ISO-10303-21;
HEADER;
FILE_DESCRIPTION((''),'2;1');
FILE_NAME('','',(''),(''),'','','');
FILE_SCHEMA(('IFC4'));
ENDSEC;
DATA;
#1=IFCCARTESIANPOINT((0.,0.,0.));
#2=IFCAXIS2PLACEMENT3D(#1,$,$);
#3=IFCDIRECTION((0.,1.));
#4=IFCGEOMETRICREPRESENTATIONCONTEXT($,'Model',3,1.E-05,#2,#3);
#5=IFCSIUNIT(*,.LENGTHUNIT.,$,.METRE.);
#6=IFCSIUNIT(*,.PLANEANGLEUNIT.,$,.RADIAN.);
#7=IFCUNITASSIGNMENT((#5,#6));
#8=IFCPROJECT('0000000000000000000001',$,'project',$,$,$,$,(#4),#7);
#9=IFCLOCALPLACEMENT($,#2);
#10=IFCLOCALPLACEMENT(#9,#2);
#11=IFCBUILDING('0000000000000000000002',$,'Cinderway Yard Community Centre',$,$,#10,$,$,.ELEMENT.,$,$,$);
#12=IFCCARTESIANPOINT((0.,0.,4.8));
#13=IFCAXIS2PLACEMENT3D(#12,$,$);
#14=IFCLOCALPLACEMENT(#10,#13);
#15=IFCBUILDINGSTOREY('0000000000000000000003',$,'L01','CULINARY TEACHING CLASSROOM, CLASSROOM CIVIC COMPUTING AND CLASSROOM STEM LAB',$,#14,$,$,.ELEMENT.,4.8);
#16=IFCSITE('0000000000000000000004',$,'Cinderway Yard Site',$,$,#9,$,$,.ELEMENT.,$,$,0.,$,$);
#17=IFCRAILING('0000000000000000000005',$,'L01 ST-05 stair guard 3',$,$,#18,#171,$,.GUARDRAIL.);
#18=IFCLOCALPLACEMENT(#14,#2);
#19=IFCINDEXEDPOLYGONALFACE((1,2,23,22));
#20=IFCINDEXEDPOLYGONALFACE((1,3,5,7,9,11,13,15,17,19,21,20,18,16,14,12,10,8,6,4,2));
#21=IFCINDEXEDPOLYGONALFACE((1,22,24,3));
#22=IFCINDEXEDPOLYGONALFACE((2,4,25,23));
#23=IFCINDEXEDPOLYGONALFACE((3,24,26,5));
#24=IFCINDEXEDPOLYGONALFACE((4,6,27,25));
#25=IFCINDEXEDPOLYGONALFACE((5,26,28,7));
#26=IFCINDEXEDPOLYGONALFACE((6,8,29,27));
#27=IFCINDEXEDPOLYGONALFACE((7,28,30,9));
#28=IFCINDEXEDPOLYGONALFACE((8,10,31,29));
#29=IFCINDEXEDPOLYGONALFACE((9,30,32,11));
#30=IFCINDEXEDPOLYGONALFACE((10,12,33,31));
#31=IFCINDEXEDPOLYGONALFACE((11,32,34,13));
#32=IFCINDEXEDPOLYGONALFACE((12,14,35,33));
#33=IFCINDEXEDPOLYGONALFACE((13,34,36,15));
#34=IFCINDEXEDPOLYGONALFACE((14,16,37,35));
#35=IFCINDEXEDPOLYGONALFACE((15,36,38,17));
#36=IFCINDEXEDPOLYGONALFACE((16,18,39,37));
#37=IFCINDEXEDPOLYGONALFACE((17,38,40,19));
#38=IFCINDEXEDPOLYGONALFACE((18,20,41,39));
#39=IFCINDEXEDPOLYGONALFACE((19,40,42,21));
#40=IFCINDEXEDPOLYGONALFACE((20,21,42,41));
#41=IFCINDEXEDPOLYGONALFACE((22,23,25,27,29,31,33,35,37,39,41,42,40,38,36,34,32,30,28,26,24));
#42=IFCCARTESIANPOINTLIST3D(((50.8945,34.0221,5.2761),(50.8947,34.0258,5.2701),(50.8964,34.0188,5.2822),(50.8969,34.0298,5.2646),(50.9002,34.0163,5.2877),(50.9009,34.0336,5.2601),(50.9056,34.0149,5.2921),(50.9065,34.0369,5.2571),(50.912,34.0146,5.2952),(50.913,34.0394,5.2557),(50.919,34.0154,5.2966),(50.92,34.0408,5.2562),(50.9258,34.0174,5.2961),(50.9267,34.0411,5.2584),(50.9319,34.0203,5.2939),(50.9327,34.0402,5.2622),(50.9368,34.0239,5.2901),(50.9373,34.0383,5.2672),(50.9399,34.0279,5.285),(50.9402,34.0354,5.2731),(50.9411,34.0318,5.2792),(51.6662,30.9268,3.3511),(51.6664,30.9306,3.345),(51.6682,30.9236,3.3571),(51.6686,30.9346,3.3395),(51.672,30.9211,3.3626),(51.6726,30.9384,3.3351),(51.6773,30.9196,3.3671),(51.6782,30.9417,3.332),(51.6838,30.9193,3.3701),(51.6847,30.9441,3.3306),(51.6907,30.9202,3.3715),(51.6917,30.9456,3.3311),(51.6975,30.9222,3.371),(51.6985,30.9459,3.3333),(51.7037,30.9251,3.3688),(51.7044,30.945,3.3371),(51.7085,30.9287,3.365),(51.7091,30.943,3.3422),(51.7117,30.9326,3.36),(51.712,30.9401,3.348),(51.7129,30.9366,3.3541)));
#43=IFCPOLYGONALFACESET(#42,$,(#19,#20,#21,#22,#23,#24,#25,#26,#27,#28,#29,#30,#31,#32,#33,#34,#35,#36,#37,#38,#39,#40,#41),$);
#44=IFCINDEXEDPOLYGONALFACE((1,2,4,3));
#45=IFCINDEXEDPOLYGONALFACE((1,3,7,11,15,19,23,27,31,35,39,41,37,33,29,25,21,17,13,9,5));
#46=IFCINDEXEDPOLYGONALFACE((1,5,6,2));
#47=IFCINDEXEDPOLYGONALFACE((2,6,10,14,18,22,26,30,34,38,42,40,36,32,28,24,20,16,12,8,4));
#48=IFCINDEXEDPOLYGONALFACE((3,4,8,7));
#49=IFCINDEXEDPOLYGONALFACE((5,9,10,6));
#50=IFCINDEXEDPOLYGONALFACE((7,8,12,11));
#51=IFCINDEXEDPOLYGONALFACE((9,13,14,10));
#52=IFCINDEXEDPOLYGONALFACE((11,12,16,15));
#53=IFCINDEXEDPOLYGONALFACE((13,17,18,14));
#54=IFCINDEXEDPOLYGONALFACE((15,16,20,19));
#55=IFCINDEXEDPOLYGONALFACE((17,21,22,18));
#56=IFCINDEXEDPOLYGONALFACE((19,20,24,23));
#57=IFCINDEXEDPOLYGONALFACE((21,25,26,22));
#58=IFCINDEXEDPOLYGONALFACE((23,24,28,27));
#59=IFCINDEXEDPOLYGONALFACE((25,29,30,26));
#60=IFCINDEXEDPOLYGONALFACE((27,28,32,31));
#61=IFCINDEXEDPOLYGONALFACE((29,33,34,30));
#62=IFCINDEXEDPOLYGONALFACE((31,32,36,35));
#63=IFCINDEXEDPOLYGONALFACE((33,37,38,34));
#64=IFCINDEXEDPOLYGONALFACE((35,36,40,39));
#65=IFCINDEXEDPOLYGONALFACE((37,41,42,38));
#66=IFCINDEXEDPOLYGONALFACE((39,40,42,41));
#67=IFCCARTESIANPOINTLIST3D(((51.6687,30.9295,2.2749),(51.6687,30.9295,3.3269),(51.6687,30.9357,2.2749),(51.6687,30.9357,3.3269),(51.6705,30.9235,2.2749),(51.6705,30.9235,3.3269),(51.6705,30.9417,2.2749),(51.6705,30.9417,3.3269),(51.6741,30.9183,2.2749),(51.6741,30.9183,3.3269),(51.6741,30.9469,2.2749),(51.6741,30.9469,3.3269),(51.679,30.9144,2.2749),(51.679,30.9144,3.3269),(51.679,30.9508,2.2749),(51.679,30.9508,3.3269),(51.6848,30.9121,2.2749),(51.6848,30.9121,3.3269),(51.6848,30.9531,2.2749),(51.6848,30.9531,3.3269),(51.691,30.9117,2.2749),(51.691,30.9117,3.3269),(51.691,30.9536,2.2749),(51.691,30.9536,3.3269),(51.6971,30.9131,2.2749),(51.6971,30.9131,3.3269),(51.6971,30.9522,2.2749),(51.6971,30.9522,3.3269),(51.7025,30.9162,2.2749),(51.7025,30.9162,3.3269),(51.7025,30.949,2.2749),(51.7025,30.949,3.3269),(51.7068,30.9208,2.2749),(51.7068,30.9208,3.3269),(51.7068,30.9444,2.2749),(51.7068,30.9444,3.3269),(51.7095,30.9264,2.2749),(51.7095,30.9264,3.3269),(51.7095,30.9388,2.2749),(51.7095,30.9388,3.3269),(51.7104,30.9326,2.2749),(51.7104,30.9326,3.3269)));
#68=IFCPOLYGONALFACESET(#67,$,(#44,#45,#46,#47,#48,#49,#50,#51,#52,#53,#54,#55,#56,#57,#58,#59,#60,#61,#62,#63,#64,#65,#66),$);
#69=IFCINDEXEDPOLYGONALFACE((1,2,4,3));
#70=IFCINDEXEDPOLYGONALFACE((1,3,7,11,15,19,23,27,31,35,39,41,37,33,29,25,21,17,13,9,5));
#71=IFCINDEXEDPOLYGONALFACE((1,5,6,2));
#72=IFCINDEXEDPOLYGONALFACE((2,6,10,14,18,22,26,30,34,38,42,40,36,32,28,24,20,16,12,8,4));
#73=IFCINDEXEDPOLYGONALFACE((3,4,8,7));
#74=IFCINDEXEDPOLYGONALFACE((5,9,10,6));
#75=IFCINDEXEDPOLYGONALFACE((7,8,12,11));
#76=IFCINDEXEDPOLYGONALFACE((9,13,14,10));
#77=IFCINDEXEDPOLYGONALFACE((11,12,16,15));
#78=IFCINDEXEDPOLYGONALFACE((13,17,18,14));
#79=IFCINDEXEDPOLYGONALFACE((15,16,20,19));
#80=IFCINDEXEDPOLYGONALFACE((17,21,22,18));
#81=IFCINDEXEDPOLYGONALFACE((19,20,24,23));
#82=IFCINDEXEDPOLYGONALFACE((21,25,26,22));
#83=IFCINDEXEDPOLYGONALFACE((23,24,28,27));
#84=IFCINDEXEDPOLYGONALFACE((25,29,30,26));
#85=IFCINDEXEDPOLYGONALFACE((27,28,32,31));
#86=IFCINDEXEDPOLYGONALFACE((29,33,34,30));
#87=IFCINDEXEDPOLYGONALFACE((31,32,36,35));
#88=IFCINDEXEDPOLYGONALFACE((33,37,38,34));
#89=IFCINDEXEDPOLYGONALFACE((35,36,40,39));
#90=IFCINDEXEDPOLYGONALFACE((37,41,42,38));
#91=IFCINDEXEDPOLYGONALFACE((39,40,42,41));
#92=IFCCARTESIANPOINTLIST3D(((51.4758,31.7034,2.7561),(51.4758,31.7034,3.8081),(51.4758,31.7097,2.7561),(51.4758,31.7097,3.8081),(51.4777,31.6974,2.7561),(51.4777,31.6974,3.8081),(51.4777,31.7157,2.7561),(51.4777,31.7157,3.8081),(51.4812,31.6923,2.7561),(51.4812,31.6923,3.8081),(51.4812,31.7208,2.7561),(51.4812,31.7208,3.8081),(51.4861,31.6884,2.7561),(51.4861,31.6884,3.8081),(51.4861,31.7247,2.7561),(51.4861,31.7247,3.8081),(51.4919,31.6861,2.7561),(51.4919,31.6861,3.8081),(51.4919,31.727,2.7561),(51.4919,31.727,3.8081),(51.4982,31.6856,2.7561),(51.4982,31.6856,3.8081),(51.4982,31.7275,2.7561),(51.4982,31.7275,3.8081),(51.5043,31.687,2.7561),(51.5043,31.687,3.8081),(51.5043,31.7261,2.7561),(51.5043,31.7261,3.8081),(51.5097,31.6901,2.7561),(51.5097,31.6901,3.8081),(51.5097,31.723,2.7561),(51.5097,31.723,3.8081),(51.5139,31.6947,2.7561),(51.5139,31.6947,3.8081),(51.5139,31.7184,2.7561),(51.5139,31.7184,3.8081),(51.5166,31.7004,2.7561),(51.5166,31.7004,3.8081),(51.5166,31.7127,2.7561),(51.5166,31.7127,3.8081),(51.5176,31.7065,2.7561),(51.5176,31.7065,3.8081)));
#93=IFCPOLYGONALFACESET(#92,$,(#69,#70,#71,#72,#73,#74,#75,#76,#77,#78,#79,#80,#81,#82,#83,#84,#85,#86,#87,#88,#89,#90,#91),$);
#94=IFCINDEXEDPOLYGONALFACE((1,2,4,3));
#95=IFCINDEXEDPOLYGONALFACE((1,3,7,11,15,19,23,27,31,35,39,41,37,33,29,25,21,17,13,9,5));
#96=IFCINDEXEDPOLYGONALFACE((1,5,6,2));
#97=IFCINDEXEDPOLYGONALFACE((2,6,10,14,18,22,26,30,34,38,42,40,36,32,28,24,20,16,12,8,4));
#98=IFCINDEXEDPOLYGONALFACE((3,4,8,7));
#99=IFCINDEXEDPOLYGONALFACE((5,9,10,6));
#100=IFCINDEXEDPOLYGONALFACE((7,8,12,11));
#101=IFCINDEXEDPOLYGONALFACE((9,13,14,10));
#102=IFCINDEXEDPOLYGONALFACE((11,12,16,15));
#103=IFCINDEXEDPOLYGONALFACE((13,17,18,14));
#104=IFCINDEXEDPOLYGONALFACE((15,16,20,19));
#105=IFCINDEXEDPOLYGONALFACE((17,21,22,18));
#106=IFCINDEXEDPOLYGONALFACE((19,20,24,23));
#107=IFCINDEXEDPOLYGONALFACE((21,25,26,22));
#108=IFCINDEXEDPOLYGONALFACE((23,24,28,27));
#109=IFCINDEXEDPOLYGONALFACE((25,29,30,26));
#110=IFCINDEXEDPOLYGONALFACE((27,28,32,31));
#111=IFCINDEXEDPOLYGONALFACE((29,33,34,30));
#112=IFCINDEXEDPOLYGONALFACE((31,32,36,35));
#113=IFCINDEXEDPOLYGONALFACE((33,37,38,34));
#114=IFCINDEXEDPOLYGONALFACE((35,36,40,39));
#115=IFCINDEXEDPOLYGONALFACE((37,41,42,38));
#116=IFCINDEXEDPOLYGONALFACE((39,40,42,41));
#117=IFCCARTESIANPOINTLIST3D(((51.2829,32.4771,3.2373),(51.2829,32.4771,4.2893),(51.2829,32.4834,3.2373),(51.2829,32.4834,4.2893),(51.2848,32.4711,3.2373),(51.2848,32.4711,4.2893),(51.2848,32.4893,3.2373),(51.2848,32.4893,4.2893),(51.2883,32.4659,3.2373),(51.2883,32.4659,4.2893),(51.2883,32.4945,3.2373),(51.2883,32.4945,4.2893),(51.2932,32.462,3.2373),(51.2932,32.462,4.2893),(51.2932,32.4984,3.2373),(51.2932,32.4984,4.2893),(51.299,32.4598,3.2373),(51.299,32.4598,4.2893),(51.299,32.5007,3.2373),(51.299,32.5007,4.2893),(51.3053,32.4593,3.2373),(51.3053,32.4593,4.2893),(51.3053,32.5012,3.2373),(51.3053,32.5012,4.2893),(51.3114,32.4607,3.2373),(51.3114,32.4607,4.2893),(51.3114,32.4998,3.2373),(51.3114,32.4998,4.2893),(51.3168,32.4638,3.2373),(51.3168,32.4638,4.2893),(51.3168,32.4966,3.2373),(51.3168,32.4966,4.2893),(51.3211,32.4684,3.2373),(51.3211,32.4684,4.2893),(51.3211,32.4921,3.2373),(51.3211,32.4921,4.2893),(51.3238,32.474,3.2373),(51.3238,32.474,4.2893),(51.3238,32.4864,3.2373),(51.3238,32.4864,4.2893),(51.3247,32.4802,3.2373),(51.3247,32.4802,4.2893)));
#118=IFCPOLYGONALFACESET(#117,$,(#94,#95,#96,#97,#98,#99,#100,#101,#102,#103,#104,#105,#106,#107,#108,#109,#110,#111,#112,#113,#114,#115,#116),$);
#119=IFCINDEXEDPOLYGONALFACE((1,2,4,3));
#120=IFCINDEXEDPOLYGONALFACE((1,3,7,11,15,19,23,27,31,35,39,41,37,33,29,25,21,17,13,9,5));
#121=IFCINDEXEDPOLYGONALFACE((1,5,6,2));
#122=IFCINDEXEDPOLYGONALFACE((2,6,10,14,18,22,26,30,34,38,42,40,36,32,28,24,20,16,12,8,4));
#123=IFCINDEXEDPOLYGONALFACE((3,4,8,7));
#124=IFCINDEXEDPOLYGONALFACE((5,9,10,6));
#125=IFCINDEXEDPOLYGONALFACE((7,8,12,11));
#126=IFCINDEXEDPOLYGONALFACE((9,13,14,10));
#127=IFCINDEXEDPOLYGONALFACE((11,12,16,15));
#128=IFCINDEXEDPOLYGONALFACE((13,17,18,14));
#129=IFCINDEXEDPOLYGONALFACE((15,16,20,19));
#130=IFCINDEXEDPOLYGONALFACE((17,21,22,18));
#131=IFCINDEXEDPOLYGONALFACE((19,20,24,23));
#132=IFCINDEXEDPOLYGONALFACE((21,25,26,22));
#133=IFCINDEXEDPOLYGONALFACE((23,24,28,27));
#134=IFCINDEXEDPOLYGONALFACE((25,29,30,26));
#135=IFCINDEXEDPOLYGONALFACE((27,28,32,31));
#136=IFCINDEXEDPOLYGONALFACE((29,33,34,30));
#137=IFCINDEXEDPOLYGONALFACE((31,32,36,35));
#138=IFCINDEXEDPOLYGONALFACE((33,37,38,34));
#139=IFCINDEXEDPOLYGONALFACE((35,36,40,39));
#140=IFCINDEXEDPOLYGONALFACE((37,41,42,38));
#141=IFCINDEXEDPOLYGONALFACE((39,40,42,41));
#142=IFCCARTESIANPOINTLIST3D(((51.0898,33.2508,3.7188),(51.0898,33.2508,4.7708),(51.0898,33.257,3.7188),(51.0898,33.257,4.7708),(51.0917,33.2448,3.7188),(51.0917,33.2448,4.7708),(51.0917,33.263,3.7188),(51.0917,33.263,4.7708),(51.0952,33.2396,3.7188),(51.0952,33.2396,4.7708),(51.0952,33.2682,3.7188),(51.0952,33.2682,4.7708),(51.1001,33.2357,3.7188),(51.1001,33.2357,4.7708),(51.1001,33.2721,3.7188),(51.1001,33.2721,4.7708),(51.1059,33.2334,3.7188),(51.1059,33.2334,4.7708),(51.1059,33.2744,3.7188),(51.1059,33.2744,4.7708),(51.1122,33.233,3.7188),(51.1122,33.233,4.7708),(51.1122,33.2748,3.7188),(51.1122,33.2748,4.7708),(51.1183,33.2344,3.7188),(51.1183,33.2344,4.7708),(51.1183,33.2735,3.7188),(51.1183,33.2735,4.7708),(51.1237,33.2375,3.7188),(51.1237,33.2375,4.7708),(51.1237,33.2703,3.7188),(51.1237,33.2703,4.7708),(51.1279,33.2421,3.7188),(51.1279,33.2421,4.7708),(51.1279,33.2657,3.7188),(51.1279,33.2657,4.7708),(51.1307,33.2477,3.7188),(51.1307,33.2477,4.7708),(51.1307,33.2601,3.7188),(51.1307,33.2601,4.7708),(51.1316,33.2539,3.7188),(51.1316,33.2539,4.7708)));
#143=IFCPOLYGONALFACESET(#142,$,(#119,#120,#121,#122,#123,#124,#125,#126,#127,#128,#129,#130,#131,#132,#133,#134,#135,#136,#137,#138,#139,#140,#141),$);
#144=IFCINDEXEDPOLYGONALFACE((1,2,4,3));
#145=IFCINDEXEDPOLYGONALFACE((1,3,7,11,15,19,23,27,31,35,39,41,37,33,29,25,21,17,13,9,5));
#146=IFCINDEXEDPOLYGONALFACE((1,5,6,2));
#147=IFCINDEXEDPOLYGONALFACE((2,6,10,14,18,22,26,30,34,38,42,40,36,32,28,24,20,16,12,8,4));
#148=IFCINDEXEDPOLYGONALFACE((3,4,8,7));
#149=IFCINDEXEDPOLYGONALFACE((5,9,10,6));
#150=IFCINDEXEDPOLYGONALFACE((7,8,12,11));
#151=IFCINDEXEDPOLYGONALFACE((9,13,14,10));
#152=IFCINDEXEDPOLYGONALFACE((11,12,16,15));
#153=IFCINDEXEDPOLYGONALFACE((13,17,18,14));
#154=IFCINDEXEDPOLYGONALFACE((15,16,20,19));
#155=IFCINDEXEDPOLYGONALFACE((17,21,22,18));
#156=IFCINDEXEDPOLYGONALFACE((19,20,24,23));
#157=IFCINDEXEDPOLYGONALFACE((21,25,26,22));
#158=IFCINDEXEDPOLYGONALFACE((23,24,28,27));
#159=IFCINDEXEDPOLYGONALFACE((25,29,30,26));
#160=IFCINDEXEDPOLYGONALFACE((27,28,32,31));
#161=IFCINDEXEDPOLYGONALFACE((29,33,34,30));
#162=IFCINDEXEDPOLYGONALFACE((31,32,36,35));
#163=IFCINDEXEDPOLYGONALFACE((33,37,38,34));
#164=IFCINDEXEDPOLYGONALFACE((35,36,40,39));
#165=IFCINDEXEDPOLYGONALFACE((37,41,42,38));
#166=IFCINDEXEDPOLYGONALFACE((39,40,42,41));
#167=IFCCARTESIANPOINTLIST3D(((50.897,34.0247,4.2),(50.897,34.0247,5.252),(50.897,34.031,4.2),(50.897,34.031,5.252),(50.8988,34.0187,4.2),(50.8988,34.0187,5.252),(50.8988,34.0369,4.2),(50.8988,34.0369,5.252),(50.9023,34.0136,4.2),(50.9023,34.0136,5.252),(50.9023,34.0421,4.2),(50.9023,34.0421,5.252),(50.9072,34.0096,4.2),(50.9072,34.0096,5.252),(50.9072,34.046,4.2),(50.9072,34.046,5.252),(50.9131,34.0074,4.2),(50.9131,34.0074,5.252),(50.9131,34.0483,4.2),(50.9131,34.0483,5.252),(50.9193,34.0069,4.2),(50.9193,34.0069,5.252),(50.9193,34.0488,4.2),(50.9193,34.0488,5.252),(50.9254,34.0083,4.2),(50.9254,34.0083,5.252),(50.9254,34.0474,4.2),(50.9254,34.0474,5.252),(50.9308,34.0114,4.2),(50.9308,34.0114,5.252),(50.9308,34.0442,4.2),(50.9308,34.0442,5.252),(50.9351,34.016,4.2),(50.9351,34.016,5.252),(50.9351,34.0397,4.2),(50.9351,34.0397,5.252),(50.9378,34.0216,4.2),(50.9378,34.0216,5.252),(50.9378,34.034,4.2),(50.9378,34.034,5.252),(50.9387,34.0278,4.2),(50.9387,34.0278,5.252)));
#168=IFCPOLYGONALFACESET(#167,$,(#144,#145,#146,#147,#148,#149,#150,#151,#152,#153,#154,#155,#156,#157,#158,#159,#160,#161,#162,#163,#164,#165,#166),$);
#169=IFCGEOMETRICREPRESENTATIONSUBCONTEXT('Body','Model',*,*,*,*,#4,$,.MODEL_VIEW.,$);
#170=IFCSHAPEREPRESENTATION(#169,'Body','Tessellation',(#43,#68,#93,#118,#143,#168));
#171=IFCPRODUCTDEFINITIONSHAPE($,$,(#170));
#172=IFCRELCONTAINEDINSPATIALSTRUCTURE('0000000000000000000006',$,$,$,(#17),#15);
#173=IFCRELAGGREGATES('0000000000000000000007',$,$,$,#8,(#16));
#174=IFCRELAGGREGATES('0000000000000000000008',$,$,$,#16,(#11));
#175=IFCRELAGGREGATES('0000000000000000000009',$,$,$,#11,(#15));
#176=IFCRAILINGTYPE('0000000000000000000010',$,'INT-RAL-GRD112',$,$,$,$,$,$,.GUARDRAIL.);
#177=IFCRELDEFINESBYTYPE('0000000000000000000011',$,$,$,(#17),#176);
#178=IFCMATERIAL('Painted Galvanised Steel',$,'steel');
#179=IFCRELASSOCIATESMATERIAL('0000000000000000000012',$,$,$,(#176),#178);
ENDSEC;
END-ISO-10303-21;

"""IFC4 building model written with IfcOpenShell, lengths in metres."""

from ifc_helpers import new_model, si_unit, direction, frame, origin, origin_2d, place, context, subcontext, project, spatial, circle, extrude, material, type_object, element, save


model = new_model("IFC4")

# Units and contexts
model_context = context("Model", 3, precision=1e-05, world=origin(), true_north=direction((0.0, 1.0)))
body_context = subcontext(model_context, "Body", "Model", "MODEL_VIEW")
ifc_project = project(units=[si_unit("LENGTHUNIT", "METRE"), si_unit("PLANEANGLEUNIT", "RADIAN")], contexts=[model_context])

# Site, building, storey
site_placement = place(None, origin())
site = spatial("IfcSite", under=ifc_project, at=site_placement, Name="Cinderway Yard Site", CompositionType="ELEMENT", RefElevation=0.0)
building_placement = place(site_placement, origin())
building = spatial("IfcBuilding", under=site, at=building_placement, Name="Cinderway Yard Community Centre", CompositionType="ELEMENT")
storey_placement = place(building_placement, frame((0.0, 0.0, 4.8)))
storey = spatial("IfcBuildingStorey", under=building, at=storey_placement, Name="L01", Description="CULINARY TEACHING CLASSROOM, CLASSROOM CIVIC COMPUTING AND CLASSROOM STEM LAB", CompositionType="ELEMENT", Elevation=4.8)

# Shared definitions
ifc_material_1 = material(Name="Painted Galvanised Steel", Category="steel")

# Railing
railing_type_1 = type_object("IfcRailingType", Name="INT-RAL-GRD112", PredefinedType="GUARDRAIL", material=ifc_material_1)
railing_1_placement = place(storey_placement, frame((51.6895, 30.9326, 2.2749)))
element("IfcRailing", 1, at=railing_1_placement, inside=storey, type_object=railing_type_1, Name="L01 ST-05 stair guard 3", PredefinedType="GUARDRAIL", context=body_context, shape_type="SweptSolid", body=[
    extrude(circle(Radius=0.0239, at=origin_2d()), frame((0.0, 0.0, 1.0762), z_axis=(-0.20713, 0.830747, 0.516678), x_axis=(-0.970295, -0.241923, 0.0)), (0.0, 0.0, 1.0), 3.7258),
    extrude(circle(Radius=0.021, at=origin_2d()), origin(), (0.0, 0.0, 1.0), 1.052),
    extrude(circle(Radius=0.021, at=origin_2d()), frame((-0.1929, 0.7739, 0.4812)), (0.0, 0.0, 1.0), 1.052),
    extrude(circle(Radius=0.021, at=origin_2d()), frame((-0.3857, 1.5476, 0.9624)), (0.0, 0.0, 1.0), 1.052),
    extrude(circle(Radius=0.021, at=origin_2d()), frame((-0.5789, 2.3213, 1.4438)), (0.0, 0.0, 1.0), 1.052),
    extrude(circle(Radius=0.021, at=origin_2d()), frame((-0.7717, 3.0952, 1.925)), (0.0, 0.0, 1.0), 1.052),
])

save(model, "model.ifc")
